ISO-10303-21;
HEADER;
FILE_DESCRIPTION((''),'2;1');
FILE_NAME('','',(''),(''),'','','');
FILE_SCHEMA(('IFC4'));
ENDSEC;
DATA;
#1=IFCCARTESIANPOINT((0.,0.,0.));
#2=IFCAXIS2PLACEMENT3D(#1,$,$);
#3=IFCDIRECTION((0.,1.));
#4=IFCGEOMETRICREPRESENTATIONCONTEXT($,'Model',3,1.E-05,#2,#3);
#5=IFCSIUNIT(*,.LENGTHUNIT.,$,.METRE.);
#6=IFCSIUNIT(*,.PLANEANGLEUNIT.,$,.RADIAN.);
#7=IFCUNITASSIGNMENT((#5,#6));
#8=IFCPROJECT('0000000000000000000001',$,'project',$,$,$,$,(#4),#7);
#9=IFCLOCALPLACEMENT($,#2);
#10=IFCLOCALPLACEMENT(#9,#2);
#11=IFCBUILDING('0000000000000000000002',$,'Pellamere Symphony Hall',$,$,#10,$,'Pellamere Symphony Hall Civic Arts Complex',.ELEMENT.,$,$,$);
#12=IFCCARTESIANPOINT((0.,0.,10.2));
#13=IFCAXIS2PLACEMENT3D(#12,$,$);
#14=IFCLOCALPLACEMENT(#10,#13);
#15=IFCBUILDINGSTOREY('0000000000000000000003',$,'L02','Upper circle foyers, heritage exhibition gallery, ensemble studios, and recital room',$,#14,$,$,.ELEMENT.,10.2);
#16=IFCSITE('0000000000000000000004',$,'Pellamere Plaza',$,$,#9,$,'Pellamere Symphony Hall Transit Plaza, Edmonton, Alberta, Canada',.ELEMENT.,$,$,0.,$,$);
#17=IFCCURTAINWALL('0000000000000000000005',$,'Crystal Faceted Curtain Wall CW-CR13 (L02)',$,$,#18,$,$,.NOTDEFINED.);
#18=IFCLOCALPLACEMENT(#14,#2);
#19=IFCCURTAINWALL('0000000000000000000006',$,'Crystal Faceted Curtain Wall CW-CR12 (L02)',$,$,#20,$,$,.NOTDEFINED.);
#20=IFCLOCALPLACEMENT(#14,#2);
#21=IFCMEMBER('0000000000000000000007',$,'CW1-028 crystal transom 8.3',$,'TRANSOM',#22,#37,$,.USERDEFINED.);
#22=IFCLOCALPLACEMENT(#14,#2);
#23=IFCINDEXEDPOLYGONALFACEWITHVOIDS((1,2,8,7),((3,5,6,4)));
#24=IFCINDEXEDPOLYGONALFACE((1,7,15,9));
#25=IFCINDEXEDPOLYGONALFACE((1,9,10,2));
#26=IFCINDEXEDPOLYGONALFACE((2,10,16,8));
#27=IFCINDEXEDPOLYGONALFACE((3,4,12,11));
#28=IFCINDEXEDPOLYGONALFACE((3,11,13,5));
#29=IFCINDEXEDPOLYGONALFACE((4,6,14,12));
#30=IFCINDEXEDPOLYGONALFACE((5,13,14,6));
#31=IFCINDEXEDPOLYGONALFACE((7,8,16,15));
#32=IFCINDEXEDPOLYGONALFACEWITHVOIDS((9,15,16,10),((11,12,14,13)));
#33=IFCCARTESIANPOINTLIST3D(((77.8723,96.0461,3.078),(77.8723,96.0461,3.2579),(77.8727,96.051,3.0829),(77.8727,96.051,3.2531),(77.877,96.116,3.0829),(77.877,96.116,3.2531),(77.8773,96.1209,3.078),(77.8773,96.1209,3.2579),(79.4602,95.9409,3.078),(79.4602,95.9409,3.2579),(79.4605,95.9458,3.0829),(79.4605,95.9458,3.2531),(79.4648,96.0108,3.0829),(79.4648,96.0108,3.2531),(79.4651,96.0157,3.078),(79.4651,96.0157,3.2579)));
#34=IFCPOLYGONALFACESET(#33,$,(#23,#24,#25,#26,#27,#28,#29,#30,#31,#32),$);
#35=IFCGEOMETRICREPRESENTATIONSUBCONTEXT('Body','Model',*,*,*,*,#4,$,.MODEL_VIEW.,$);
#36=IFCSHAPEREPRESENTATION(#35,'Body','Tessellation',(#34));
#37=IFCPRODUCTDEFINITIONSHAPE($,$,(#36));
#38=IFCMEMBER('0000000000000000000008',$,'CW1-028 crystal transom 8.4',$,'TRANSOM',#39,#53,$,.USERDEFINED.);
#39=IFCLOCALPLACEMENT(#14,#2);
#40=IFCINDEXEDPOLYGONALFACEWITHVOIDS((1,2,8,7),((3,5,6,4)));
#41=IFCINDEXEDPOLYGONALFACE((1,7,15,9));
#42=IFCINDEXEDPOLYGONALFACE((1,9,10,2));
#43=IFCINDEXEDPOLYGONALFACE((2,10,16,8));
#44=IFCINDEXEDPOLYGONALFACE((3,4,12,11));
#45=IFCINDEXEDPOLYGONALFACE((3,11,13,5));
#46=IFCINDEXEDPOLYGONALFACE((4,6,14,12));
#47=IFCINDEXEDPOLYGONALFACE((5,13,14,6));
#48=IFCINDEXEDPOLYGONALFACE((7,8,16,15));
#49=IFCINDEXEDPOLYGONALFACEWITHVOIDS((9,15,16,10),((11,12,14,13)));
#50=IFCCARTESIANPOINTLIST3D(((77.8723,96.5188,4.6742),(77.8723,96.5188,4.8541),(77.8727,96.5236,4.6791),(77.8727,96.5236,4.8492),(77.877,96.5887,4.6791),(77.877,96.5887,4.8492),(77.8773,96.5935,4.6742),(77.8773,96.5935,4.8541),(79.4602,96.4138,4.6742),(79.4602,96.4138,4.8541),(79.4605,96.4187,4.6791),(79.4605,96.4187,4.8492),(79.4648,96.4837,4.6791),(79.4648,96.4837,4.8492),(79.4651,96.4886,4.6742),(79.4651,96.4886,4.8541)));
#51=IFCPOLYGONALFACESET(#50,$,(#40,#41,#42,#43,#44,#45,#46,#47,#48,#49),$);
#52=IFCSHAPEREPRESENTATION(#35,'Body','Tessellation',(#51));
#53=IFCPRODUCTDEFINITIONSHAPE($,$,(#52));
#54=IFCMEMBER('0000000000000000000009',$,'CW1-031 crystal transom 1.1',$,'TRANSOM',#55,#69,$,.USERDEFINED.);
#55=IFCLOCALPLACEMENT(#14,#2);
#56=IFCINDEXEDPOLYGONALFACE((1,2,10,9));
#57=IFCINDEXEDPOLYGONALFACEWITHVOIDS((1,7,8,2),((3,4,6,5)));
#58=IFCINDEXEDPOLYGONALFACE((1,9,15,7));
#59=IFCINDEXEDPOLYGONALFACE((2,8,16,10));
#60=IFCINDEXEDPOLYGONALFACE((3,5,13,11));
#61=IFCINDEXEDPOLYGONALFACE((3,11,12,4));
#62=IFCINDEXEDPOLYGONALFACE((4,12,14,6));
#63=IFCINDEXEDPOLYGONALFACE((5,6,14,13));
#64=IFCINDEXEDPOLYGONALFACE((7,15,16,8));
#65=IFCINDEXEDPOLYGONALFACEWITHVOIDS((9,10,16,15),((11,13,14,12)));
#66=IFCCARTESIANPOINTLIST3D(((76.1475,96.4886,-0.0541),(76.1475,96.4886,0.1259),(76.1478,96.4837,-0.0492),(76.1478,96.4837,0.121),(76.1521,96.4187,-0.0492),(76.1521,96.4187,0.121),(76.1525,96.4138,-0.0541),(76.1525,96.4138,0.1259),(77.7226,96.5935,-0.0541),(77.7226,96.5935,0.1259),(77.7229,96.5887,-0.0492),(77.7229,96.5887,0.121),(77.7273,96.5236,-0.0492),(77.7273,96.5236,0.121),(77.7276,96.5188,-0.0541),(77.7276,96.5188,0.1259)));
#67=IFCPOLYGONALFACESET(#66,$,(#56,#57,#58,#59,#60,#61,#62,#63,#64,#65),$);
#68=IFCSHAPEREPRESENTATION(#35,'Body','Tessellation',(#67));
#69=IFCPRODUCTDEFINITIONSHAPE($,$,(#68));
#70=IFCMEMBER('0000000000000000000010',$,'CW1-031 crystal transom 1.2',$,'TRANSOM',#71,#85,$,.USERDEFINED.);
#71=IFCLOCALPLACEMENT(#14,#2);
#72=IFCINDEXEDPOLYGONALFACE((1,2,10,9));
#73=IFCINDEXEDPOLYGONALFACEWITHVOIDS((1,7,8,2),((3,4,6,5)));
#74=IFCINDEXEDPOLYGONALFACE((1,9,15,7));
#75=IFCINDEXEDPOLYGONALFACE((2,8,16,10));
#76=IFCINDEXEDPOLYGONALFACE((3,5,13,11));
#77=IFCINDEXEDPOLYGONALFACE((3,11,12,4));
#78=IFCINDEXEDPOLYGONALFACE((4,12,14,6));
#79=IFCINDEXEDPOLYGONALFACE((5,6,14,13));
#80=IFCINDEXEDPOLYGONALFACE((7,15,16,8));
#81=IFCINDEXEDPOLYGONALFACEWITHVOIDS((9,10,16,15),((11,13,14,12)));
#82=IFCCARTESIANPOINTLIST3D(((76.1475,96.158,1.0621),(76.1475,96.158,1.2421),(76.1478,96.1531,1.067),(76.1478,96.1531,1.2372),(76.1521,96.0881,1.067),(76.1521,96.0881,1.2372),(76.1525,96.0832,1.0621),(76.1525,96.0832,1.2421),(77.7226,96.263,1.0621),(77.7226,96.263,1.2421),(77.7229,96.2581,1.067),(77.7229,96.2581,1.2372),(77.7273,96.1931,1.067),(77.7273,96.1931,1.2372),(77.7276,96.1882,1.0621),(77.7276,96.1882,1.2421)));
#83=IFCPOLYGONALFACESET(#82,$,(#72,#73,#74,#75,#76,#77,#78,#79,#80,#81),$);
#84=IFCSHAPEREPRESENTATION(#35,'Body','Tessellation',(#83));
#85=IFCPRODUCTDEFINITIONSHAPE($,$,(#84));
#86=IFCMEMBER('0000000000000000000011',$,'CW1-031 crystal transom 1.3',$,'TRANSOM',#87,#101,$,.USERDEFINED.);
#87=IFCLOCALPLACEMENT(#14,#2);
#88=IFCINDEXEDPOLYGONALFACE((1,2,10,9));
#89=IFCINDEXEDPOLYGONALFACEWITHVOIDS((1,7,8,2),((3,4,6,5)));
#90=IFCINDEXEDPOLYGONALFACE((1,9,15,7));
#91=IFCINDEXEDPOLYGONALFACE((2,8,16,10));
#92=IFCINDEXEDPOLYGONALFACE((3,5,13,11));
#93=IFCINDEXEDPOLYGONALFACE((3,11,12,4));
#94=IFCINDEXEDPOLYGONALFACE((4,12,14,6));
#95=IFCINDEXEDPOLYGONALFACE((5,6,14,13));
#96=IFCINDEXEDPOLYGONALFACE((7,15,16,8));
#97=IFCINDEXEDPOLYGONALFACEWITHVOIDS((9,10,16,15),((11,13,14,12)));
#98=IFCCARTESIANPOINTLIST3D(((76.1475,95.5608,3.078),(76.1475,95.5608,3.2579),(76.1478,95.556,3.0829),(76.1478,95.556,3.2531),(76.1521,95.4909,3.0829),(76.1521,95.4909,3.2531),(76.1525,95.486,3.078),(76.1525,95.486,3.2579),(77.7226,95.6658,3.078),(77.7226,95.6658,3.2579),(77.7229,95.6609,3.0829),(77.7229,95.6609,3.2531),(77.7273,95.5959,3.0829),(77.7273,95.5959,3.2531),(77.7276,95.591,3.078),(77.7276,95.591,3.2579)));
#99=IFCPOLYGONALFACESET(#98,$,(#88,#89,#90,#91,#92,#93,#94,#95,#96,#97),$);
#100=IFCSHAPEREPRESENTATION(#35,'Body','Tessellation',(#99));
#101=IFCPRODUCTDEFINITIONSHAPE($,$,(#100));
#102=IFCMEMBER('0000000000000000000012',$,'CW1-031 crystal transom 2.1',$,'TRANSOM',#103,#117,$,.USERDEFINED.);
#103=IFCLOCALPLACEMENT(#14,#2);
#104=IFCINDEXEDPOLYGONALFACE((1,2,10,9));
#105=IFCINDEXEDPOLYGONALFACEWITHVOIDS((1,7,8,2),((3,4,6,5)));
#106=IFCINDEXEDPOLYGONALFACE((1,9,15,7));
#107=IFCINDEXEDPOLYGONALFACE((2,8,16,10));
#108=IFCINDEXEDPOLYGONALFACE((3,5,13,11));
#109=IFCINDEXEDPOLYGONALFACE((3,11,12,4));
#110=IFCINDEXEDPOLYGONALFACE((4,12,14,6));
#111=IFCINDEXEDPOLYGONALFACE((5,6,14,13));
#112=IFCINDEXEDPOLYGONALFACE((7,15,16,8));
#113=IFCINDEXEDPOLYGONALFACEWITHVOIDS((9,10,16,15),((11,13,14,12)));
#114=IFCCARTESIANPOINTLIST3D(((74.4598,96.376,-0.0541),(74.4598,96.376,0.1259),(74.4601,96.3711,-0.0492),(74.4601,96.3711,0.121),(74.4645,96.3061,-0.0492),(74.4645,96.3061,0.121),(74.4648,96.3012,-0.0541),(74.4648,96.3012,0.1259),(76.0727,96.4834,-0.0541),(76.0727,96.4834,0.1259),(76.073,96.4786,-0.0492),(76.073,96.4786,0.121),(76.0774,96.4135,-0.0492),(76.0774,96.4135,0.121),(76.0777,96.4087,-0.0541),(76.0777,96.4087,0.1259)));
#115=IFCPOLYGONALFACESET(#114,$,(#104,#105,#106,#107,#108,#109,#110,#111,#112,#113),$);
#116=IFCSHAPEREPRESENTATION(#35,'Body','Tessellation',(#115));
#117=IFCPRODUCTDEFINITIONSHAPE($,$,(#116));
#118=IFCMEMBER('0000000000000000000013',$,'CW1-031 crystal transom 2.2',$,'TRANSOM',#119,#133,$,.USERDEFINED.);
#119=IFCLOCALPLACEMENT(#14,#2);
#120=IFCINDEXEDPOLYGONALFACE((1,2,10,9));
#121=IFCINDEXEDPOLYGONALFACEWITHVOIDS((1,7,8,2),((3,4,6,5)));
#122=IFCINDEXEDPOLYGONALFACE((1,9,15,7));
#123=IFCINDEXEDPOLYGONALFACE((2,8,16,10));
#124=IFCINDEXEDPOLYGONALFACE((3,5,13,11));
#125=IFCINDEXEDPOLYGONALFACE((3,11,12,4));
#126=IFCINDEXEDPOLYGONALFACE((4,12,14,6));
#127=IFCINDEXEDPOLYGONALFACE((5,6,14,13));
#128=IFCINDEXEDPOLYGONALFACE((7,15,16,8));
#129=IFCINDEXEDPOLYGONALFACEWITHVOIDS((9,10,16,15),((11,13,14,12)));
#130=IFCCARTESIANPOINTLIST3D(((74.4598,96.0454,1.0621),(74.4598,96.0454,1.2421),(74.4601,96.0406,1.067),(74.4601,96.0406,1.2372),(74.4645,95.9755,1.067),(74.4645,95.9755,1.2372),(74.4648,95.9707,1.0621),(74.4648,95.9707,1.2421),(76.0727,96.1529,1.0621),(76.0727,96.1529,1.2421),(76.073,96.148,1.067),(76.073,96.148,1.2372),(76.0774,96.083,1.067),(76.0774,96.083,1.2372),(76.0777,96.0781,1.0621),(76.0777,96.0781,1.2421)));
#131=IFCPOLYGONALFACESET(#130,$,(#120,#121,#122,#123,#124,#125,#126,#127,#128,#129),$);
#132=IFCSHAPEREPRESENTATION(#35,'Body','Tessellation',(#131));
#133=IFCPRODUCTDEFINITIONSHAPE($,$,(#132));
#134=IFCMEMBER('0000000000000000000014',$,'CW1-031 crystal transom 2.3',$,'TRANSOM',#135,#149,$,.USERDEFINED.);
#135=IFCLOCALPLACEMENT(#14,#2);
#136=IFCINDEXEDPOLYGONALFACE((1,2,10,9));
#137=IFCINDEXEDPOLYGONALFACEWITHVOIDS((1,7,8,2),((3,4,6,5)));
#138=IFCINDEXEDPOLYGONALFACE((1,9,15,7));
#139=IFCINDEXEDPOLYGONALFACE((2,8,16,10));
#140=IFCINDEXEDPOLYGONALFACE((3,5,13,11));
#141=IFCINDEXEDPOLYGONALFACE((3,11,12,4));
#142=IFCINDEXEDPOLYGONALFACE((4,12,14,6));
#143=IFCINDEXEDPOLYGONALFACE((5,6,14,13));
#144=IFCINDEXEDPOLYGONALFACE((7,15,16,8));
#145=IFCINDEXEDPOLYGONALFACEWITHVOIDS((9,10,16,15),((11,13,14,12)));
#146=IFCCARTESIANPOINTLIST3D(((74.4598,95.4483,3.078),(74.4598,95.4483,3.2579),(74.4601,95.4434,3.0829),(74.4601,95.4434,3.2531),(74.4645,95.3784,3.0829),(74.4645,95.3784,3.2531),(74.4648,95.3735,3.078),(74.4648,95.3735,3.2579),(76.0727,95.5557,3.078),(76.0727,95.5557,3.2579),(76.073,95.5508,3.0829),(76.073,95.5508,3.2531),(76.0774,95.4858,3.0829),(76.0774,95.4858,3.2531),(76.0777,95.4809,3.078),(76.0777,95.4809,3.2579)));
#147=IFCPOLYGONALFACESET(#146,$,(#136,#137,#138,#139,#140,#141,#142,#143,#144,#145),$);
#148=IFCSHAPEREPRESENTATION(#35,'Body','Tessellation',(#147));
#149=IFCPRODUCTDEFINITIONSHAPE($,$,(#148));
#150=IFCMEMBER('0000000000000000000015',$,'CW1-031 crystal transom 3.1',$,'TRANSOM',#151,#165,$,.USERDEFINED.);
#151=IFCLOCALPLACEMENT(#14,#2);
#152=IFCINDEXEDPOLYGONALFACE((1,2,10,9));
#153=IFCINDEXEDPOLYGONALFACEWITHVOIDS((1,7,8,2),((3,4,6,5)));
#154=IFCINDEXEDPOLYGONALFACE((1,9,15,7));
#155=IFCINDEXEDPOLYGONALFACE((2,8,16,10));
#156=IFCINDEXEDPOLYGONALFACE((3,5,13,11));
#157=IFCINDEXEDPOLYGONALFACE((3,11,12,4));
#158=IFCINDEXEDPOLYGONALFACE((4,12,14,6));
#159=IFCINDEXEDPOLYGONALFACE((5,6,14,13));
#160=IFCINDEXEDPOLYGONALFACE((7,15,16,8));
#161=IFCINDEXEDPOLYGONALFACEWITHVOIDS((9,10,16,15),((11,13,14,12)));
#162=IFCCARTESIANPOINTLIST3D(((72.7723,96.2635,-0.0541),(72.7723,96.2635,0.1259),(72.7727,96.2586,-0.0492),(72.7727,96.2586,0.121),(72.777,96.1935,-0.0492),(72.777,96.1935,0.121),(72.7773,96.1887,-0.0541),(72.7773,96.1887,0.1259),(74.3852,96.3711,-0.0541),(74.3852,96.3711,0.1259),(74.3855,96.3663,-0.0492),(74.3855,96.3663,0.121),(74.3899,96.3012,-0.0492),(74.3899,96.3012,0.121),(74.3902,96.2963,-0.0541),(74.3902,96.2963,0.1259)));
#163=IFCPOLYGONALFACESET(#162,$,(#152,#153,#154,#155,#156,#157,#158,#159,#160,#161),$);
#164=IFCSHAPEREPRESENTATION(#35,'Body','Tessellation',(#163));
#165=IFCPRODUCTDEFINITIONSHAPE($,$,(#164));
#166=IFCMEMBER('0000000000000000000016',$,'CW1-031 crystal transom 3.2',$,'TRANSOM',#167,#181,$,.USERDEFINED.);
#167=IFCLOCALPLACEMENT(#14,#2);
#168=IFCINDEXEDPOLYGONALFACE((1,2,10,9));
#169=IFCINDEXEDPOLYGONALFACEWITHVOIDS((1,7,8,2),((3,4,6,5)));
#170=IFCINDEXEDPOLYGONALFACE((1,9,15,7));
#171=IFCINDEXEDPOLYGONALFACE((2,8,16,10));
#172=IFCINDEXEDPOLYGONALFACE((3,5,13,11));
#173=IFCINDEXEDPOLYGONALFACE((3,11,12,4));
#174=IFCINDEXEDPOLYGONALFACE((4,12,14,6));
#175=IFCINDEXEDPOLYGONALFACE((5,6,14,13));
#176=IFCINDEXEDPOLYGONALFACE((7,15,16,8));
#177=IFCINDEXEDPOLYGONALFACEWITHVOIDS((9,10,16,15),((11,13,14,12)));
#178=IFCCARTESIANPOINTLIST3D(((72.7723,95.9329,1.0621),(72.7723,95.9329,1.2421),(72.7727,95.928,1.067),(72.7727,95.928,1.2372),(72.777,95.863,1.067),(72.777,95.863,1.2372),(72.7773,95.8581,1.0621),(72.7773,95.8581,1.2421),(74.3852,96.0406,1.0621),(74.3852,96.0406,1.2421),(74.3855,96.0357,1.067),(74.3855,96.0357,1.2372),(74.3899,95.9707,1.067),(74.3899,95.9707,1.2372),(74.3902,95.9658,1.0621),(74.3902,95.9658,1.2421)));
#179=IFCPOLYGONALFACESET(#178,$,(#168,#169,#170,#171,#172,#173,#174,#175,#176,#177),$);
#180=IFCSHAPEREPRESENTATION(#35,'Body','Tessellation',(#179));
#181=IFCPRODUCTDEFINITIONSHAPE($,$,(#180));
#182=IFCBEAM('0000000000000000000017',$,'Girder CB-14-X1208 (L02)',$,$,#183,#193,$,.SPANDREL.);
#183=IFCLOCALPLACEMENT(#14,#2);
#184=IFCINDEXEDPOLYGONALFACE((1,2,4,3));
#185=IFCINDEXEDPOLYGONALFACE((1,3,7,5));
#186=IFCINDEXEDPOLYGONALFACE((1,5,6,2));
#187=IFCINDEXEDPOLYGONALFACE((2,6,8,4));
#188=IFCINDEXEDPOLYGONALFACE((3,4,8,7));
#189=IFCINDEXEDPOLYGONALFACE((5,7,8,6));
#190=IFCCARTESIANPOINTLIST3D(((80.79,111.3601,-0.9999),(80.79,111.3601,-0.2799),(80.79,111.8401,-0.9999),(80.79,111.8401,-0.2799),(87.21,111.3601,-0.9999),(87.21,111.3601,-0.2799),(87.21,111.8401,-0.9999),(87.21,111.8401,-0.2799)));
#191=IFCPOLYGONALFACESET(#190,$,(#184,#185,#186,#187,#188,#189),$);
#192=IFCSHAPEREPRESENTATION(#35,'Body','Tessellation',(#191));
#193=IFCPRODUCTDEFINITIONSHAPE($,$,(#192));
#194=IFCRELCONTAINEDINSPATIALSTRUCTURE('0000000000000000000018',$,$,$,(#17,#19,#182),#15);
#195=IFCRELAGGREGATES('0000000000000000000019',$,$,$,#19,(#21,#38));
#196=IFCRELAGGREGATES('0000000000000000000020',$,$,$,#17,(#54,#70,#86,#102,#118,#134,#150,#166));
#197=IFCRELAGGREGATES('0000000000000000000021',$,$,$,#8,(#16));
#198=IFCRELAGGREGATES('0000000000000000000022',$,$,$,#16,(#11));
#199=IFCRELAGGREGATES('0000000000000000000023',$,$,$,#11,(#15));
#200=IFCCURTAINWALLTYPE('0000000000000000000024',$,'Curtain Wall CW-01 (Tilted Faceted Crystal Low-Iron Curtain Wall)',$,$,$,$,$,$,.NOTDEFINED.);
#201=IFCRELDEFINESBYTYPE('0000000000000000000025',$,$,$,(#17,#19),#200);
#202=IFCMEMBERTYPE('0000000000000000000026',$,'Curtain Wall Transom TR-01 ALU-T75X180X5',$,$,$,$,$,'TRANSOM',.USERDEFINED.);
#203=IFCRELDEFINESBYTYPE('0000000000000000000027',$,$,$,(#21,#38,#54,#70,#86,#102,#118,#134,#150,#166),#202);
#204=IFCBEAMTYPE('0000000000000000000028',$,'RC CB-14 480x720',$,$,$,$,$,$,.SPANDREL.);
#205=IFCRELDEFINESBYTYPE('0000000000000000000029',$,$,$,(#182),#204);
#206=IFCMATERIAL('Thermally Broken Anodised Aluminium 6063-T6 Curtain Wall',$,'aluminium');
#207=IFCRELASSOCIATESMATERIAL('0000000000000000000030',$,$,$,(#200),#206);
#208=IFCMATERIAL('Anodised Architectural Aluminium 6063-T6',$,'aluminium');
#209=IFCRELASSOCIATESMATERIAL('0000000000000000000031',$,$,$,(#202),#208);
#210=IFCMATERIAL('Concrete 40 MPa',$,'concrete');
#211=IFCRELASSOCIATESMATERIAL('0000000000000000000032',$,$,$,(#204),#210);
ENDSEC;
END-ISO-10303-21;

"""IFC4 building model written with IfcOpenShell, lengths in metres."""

from ifc_helpers import new_model, si_unit, direction, frame, origin, origin_2d, place, context, subcontext, project, spatial, rectangle, hollow_rectangle, extrude, material, material_profile, profile_set, type_object, element, aggregate, save


model = new_model("IFC4")

# Units and contexts
model_context = context("Model", 3, precision=1e-05, world=origin(), true_north=direction((0.0, 1.0)))
body_context = subcontext(model_context, "Body", "Model", "MODEL_VIEW")
ifc_project = project(units=[si_unit("LENGTHUNIT", "METRE"), si_unit("PLANEANGLEUNIT", "RADIAN")], contexts=[model_context])

# Site, building, storey
site_placement = place(None, origin())
site = spatial("IfcSite", under=ifc_project, at=site_placement, Name="Pellamere Plaza", LongName="Pellamere Symphony Hall Transit Plaza, Edmonton, Alberta, Canada", CompositionType="ELEMENT", RefElevation=0.0)
building_placement = place(site_placement, origin())
building = spatial("IfcBuilding", under=site, at=building_placement, Name="Pellamere Symphony Hall", LongName="Pellamere Symphony Hall Civic Arts Complex", CompositionType="ELEMENT")
storey_placement = place(building_placement, frame((0.0, 0.0, 10.2)))
storey = spatial("IfcBuildingStorey", under=building, at=storey_placement, Name="L02", Description="Upper circle foyers, heritage exhibition gallery, ensemble studios, and recital room", CompositionType="ELEMENT", Elevation=10.2)

# Curtain walls, members
ifc_material_1 = material(Name="Thermally Broken Anodised Aluminium 6063-T6 Curtain Wall", Category="aluminium")
curtain_wall_type = type_object("IfcCurtainWallType", Name="Curtain Wall CW-01 (Tilted Faceted Crystal Low-Iron Curtain Wall)", PredefinedType="NOTDEFINED", material=ifc_material_1)
curtain_wall_1_placement = place(storey_placement, origin())
curtain_wall_1 = element("IfcCurtainWall", 1, at=curtain_wall_1_placement, inside=storey, type_object=curtain_wall_type, Name="Crystal Faceted Curtain Wall CW-CR13 (L02)", PredefinedType="NOTDEFINED")
ifc_material_2 = material(Name="Anodised Architectural Aluminium 6063-T6", Category="aluminium")
curtain_wall_2_placement = place(storey_placement, origin())
curtain_wall_2 = element("IfcCurtainWall", 2, at=curtain_wall_2_placement, inside=storey, type_object=curtain_wall_type, Name="Crystal Faceted Curtain Wall CW-CR12 (L02)", PredefinedType="NOTDEFINED")
ifc_material_profile_1 = material_profile(ifc_material_2, hollow_rectangle(XDim=0.075, YDim=0.1799, WallThickness=0.0049, at=origin_2d()), Name="ALU-T75X180X5")
ifc_profile_set_1 = profile_set([ifc_material_profile_1], Name="Anodised Architectural Aluminium 6063-T6")
member_type_1 = type_object("IfcMemberType", Name="Curtain Wall Transom TR-01 ALU-T75X180X5", ElementType="TRANSOM", PredefinedType="USERDEFINED", material=ifc_profile_set_1)
member_1_placement = place(storey_placement, frame((79.4626, 95.9783, 3.168), z_axis=(-0.997812, 0.066122, 0.0), x_axis=(-0.066122, -0.997812, 0.0)))
member_1 = element("IfcMember", 3, at=member_1_placement, type_object=member_type_1, Name="CW1-028 crystal transom 8.3", ObjectType="TRANSOM", PredefinedType="USERDEFINED", context=body_context, shape_type="SweptSolid", body=[
    extrude(hollow_rectangle(XDim=0.075, YDim=0.1799, WallThickness=0.0049, at=origin_2d()), origin(), (0.0, 0.0, 1.0), 1.5913),
])
member_2_placement = place(storey_placement, frame((79.4626, 96.4512, 4.7642), z_axis=(-0.997822, 0.065969, 0.0), x_axis=(-0.065969, -0.997822, 0.0)))
member_2 = element("IfcMember", 4, at=member_2_placement, type_object=member_type_1, Name="CW1-028 crystal transom 8.4", ObjectType="TRANSOM", PredefinedType="USERDEFINED", context=body_context, shape_type="SweptSolid", body=[
    extrude(hollow_rectangle(XDim=0.075, YDim=0.1799, WallThickness=0.0049, at=origin_2d()), origin(), (0.0, 0.0, 1.0), 1.5913),
])

# Members
member_3_placement = place(storey_placement, frame((77.7251, 96.5562, 0.0359), z_axis=(-0.997787, -0.066498, 0.0), x_axis=(0.066498, -0.997787, 0.0)))
member_3 = element("IfcMember", 5, at=member_3_placement, type_object=member_type_1, Name="CW1-031 crystal transom 1.1", ObjectType="TRANSOM", PredefinedType="USERDEFINED", context=body_context, shape_type="SweptSolid", body=[
    extrude(hollow_rectangle(XDim=0.075, YDim=0.1799, WallThickness=0.0049, at=origin_2d()), origin(), (0.0, 0.0, 1.0), 1.5786),
])
member_4_placement = place(storey_placement, frame((77.7251, 96.2256, 1.1521), z_axis=(-0.997787, -0.066498, 0.0), x_axis=(0.066498, -0.997787, 0.0)))
member_4 = element("IfcMember", 6, at=member_4_placement, type_object=member_type_1, Name="CW1-031 crystal transom 1.2", ObjectType="TRANSOM", PredefinedType="USERDEFINED", context=body_context, shape_type="SweptSolid", body=[
    extrude(hollow_rectangle(XDim=0.075, YDim=0.1799, WallThickness=0.0049, at=origin_2d()), origin(), (0.0, 0.0, 1.0), 1.5786),
])
member_5_placement = place(storey_placement, frame((77.7251, 95.6284, 3.168), z_axis=(-0.997787, -0.066498, 0.0), x_axis=(0.066498, -0.997787, 0.0)))
member_5 = element("IfcMember", 7, at=member_5_placement, type_object=member_type_1, Name="CW1-031 crystal transom 1.3", ObjectType="TRANSOM", PredefinedType="USERDEFINED", context=body_context, shape_type="SweptSolid", body=[
    extrude(hollow_rectangle(XDim=0.075, YDim=0.1799, WallThickness=0.0049, at=origin_2d()), origin(), (0.0, 0.0, 1.0), 1.5786),
])
member_6_placement = place(storey_placement, frame((76.0752, 96.446, 0.0359), z_axis=(-0.997789, -0.066459, 0.0), x_axis=(0.066459, -0.997789, 0.0)))
member_6 = element("IfcMember", 8, at=member_6_placement, type_object=member_type_1, Name="CW1-031 crystal transom 2.1", ObjectType="TRANSOM", PredefinedType="USERDEFINED", context=body_context, shape_type="SweptSolid", body=[
    extrude(hollow_rectangle(XDim=0.075, YDim=0.1799, WallThickness=0.0049, at=origin_2d()), origin(), (0.0, 0.0, 1.0), 1.6165),
])
member_7_placement = place(storey_placement, frame((76.0752, 96.1155, 1.1521), z_axis=(-0.997789, -0.066459, 0.0), x_axis=(0.066459, -0.997789, 0.0)))
member_7 = element("IfcMember", 9, at=member_7_placement, type_object=member_type_1, Name="CW1-031 crystal transom 2.2", ObjectType="TRANSOM", PredefinedType="USERDEFINED", context=body_context, shape_type="SweptSolid", body=[
    extrude(hollow_rectangle(XDim=0.075, YDim=0.1799, WallThickness=0.0049, at=origin_2d()), origin(), (0.0, 0.0, 1.0), 1.6165),
])
member_8_placement = place(storey_placement, frame((76.0752, 95.5183, 3.168), z_axis=(-0.997789, -0.066459, 0.0), x_axis=(0.066459, -0.997789, 0.0)))
member_8 = element("IfcMember", 10, at=member_8_placement, type_object=member_type_1, Name="CW1-031 crystal transom 2.3", ObjectType="TRANSOM", PredefinedType="USERDEFINED", context=body_context, shape_type="SweptSolid", body=[
    extrude(hollow_rectangle(XDim=0.075, YDim=0.1799, WallThickness=0.0049, at=origin_2d()), origin(), (0.0, 0.0, 1.0), 1.6165),
])
member_9_placement = place(storey_placement, frame((74.3877, 96.3337, 0.0359), z_axis=(-0.997779, -0.066609, 0.0), x_axis=(0.066609, -0.997779, 0.0)))
member_9 = element("IfcMember", 11, at=member_9_placement, type_object=member_type_1, Name="CW1-031 crystal transom 3.1", ObjectType="TRANSOM", PredefinedType="USERDEFINED", context=body_context, shape_type="SweptSolid", body=[
    extrude(hollow_rectangle(XDim=0.075, YDim=0.1799, WallThickness=0.0049, at=origin_2d()), origin(), (0.0, 0.0, 1.0), 1.6165),
])
member_10_placement = place(storey_placement, frame((74.3877, 96.0032, 1.1521), z_axis=(-0.997779, -0.066609, 0.0), x_axis=(0.066609, -0.997779, 0.0)))
member_10 = element("IfcMember", 12, at=member_10_placement, type_object=member_type_1, Name="CW1-031 crystal transom 3.2", ObjectType="TRANSOM", PredefinedType="USERDEFINED", context=body_context, shape_type="SweptSolid", body=[
    extrude(hollow_rectangle(XDim=0.075, YDim=0.1799, WallThickness=0.0049, at=origin_2d()), origin(), (0.0, 0.0, 1.0), 1.6165),
])

# Beam
ifc_material_3 = material(Name="Concrete 40 MPa", Category="concrete")
ifc_material_profile_2 = material_profile(ifc_material_3, rectangle(XDim=0.48, YDim=0.72, at=origin_2d()), Name="RC 480x720")
ifc_profile_set_2 = profile_set([ifc_material_profile_2], Name="Concrete 40 MPa")
beam_type = type_object("IfcBeamType", Name="RC CB-14 480x720", PredefinedType="SPANDREL", material=ifc_profile_set_2)
beam_placement = place(storey_placement, frame((80.79, 111.6001, -0.6399), z_axis=(1.0, 0.0, 0.0), x_axis=(0.0, 1.0, 0.0)))
element("IfcBeam", 13, at=beam_placement, inside=storey, type_object=beam_type, Name="Girder CB-14-X1208 (L02)", PredefinedType="SPANDREL", context=body_context, shape_type="SweptSolid", body=[
    extrude(rectangle(XDim=0.48, YDim=0.72, at=origin_2d()), origin(), (0.0, 0.0, 1.0), 6.4199),
])

aggregate(curtain_wall_2, [member_1, member_2])
aggregate(curtain_wall_1, [member_3, member_4, member_5, member_6, member_7, member_8, member_9, member_10])

save(model, "model.ifc")
